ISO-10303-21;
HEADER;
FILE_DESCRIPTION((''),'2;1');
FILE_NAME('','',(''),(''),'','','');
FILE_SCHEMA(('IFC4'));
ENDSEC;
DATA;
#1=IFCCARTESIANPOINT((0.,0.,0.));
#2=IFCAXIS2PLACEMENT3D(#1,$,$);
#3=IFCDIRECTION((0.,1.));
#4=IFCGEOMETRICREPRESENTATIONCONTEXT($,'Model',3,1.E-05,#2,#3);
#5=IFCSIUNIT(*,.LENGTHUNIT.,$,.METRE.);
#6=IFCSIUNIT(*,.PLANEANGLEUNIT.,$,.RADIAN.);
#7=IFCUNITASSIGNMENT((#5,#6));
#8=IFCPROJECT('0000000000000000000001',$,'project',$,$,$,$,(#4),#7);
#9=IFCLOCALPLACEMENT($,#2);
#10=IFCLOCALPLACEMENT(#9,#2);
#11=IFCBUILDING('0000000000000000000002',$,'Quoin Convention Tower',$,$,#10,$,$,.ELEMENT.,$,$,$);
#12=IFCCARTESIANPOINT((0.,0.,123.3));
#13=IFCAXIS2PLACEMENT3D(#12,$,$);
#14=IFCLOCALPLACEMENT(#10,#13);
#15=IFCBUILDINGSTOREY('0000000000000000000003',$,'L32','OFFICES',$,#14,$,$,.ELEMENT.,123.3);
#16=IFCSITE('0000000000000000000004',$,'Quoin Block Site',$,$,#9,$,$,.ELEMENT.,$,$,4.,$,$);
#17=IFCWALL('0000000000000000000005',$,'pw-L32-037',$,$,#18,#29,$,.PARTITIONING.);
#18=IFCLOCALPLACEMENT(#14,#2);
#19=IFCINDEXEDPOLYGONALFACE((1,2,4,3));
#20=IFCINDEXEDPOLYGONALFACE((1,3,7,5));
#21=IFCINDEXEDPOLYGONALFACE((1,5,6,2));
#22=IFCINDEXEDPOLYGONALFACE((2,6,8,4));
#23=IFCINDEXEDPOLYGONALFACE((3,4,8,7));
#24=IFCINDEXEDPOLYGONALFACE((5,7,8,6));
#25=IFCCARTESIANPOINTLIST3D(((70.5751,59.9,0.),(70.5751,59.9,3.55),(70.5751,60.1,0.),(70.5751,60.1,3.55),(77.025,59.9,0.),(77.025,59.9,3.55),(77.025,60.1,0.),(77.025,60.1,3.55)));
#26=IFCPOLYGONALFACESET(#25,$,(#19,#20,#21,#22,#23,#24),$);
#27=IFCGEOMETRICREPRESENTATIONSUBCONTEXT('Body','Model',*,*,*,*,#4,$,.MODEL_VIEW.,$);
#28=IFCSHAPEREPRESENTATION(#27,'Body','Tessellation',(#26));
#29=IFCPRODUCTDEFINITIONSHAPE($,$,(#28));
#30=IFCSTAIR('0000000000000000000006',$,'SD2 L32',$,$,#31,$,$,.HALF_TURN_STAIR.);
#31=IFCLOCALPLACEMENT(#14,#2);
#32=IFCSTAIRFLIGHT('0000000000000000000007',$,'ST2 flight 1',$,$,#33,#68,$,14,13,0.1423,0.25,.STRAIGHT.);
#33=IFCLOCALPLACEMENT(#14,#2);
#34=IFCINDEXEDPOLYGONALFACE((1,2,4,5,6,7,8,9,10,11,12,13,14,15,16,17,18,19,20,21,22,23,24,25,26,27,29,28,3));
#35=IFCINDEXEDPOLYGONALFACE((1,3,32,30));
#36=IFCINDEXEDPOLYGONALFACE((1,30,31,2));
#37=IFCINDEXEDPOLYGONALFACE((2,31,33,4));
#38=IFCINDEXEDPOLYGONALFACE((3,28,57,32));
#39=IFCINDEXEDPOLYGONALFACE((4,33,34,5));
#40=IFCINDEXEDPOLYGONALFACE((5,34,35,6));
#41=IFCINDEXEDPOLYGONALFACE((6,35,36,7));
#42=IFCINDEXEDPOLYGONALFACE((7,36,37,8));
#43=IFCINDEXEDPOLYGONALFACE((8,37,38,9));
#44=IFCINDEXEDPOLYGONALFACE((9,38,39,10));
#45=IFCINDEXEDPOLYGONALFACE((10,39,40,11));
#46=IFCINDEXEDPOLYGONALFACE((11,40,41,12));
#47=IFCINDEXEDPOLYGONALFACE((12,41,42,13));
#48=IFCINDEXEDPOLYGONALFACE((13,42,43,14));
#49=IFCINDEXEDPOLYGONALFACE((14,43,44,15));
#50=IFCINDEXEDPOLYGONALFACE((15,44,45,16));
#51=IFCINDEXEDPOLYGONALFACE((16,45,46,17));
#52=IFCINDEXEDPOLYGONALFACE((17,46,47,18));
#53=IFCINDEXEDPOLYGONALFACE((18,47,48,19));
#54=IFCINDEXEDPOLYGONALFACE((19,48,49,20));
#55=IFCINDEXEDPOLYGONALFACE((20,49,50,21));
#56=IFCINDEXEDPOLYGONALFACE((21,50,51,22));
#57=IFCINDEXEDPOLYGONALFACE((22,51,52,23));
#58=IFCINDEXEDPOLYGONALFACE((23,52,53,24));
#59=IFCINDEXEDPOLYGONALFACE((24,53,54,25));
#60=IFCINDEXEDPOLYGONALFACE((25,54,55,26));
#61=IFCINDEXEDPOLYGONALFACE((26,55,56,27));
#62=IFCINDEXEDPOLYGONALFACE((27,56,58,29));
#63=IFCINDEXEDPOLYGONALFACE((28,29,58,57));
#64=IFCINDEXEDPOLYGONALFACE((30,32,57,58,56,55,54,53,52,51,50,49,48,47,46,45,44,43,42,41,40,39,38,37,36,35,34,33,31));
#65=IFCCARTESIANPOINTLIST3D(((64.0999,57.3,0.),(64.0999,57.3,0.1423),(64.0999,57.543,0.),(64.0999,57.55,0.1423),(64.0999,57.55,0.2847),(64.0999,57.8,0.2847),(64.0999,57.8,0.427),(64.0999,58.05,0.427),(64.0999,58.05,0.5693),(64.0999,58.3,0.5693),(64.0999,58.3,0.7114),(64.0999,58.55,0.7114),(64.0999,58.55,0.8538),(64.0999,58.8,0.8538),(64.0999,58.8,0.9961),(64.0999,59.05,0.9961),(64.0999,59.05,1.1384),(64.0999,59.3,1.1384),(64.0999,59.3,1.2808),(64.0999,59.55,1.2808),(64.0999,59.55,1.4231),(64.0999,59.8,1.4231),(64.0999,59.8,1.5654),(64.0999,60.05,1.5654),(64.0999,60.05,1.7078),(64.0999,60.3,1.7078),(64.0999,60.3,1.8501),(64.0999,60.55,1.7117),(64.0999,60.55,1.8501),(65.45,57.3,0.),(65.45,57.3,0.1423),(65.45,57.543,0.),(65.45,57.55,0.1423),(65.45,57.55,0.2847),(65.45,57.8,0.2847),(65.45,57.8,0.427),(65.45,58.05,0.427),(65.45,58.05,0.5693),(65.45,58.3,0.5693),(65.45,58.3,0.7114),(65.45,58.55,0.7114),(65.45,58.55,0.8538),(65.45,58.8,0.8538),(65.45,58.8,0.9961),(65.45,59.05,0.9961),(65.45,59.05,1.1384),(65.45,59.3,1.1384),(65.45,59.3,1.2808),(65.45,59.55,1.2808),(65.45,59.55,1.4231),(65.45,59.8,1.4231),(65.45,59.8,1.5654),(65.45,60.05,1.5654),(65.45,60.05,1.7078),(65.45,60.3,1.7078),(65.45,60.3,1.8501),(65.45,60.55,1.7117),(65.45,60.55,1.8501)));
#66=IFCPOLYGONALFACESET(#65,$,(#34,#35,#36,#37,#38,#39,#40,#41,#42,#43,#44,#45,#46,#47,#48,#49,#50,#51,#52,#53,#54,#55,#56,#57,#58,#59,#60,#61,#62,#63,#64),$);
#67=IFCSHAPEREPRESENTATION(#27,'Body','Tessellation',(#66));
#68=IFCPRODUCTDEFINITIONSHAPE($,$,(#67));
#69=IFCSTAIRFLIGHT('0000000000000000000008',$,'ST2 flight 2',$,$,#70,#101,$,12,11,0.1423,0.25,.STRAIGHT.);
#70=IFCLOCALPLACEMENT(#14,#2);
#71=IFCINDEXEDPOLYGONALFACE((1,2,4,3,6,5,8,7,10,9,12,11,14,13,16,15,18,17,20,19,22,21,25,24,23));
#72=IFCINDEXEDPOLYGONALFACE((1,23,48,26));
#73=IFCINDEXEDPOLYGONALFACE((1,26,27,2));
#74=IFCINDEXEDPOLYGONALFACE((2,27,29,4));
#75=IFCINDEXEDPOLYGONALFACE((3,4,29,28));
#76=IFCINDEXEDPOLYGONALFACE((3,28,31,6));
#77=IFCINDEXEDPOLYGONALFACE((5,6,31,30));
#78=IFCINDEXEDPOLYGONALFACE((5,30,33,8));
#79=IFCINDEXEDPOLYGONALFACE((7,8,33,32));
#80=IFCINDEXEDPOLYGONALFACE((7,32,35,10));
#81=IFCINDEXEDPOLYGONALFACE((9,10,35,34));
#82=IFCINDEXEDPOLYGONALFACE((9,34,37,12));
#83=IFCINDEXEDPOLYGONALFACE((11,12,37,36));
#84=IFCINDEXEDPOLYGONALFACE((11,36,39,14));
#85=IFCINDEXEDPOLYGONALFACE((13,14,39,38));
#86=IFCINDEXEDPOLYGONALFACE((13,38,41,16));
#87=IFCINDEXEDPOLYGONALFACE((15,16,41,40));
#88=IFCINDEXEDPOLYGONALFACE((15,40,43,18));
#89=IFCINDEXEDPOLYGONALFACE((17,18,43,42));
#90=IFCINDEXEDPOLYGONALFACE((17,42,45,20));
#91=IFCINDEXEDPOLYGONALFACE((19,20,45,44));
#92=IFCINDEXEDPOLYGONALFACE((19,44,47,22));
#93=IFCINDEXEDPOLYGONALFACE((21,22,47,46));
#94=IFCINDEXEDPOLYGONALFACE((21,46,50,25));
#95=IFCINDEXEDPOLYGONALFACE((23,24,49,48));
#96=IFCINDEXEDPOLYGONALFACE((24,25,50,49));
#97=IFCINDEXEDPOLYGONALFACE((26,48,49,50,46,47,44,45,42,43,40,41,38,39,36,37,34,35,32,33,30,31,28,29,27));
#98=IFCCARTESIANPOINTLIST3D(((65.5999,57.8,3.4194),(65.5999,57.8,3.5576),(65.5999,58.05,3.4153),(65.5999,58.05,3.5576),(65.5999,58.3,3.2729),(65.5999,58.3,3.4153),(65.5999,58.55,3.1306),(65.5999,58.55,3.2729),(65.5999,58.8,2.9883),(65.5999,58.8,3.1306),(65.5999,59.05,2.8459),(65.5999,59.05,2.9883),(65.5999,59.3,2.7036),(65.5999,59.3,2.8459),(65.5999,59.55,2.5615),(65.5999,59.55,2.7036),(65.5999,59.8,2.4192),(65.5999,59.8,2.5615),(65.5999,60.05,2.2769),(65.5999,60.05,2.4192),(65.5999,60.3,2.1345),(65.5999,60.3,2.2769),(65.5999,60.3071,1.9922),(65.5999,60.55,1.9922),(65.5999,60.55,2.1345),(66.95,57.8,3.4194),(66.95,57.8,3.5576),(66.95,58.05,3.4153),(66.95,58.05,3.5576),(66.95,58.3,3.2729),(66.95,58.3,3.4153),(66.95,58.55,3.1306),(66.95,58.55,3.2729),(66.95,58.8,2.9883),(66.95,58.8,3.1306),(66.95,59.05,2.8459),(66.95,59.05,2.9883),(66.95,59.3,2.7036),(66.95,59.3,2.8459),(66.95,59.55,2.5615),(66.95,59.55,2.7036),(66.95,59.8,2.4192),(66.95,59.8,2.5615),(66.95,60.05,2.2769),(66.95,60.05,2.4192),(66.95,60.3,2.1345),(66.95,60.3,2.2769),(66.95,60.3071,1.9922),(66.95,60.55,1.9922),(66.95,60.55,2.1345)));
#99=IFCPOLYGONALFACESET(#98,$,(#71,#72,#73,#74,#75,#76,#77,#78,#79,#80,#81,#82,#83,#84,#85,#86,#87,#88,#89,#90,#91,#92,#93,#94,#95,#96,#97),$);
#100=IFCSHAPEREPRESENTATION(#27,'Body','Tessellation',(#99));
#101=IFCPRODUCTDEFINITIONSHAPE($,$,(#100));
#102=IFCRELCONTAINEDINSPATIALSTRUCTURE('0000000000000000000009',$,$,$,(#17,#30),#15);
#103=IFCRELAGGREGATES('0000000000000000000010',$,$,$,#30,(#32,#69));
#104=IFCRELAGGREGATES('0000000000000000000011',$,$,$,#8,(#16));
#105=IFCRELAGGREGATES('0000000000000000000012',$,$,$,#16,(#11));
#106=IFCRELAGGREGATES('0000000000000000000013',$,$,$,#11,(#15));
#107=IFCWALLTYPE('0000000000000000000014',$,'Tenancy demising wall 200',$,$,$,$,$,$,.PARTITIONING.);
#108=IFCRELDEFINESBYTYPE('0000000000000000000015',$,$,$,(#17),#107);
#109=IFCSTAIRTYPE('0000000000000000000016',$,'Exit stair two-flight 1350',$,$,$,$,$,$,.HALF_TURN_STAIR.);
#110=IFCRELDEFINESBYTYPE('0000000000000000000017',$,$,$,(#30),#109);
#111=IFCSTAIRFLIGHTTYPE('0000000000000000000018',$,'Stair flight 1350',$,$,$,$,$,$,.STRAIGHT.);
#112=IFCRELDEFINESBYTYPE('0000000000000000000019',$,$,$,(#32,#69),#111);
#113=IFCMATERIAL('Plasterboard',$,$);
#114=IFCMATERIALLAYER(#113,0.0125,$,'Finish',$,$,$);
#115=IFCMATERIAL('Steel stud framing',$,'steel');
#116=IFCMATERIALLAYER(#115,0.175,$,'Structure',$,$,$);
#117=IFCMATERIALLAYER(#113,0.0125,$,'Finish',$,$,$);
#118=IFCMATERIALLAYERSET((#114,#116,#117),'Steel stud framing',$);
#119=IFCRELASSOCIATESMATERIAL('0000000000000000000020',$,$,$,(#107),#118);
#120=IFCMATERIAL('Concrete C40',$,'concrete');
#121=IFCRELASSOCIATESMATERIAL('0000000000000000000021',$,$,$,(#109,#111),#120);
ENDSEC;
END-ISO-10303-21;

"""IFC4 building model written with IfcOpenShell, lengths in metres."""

from ifc_helpers import new_model, si_unit, direction, frame, frame_2d, origin, place, context, subcontext, project, spatial, polyline, rectangle, outline, extrude, material, layer, layer_set, type_object, element, aggregate, save


model = new_model("IFC4")

# Units and contexts
model_context = context("Model", 3, precision=1e-05, world=origin(), true_north=direction((0.0, 1.0)))
body_context = subcontext(model_context, "Body", "Model", "MODEL_VIEW")
ifc_project = project(units=[si_unit("LENGTHUNIT", "METRE"), si_unit("PLANEANGLEUNIT", "RADIAN")], contexts=[model_context])

# Site, building, storey
site_placement = place(None, origin())
site = spatial("IfcSite", under=ifc_project, at=site_placement, Name="Quoin Block Site", CompositionType="ELEMENT", RefElevation=4.0)
building_placement = place(site_placement, origin())
building = spatial("IfcBuilding", under=site, at=building_placement, Name="Quoin Convention Tower", CompositionType="ELEMENT")
storey_placement = place(building_placement, frame((0.0, 0.0, 123.3)))
storey = spatial("IfcBuildingStorey", under=building, at=storey_placement, Name="L32", Description="OFFICES", CompositionType="ELEMENT", Elevation=123.3)

# Shared definitions
ifc_material_1 = material(Name="Plasterboard")
ifc_material_2 = material(Name="Steel stud framing", Category="steel")

# Wall
ifc_layer_1 = layer(ifc_material_1, 0.0125, Name="Finish")
ifc_layer_2 = layer(ifc_material_2, 0.175, Name="Structure")
ifc_layer_3 = layer(ifc_material_1, 0.0125, Name="Finish")
ifc_layer_set_1 = layer_set([ifc_layer_1, ifc_layer_2, ifc_layer_3], Name="Steel stud framing")
wall_type_1 = type_object("IfcWallType", Name="Tenancy demising wall 200", PredefinedType="PARTITIONING", material=ifc_layer_set_1)
wall_1_placement = place(storey_placement, frame((70.575, 60.0, 0.0), z_axis=(0.0, 0.0, 1.0), x_axis=(1.0, 0.0, 0.0)))
element("IfcWall", 1, at=wall_1_placement, inside=storey, type_object=wall_type_1, Name="pw-L32-037", PredefinedType="PARTITIONING", context=body_context, shape_type="SweptSolid", body=[
    extrude(rectangle(XDim=6.45, YDim=0.2, at=frame_2d((3.2251, 0.0))), origin(), (0.0, 0.0, 1.0), 3.55),
])

# Stair, stair flights
ifc_material_3 = material(Name="Concrete C40", Category="concrete")
stair_type = type_object("IfcStairType", Name="Exit stair two-flight 1350", PredefinedType="HALF_TURN_STAIR", material=ifc_material_3)
stair_placement = place(storey_placement, origin())
stair = element("IfcStair", 2, at=stair_placement, inside=storey, type_object=stair_type, Name="SD2 L32", PredefinedType="HALF_TURN_STAIR")
stair_flight_type = type_object("IfcStairFlightType", Name="Stair flight 1350", PredefinedType="STRAIGHT", material=ifc_material_3)
stair_flight_1_placement = place(storey_placement, frame((64.7749, 57.3, 0.0), z_axis=(0.0, 0.0, 1.0), x_axis=(0.0, 1.0, 0.0)))
stair_flight_1 = element("IfcStairFlight", 3, at=stair_flight_1_placement, type_object=stair_flight_type, Name="ST2 flight 1", NumberOfRisers=14, NumberOfTreads=13, PredefinedType="STRAIGHT", RiserHeight=0.1423, TreadLength=0.25, context=body_context, shape_type="SweptSolid", body=[
    extrude(outline(polyline([(0.0, 0.0), (0.0, 0.1423), (0.25, 0.1423), (0.25, 0.2847), (0.5, 0.2847), (0.5, 0.427), (0.75, 0.427), (0.75, 0.5693), (1.0, 0.5693), (1.0, 0.7114), (1.25, 0.7114), (1.25, 0.8538), (1.5, 0.8538), (1.5, 0.9961), (1.75, 0.9961), (1.75, 1.1384), (2.0, 1.1384), (2.0, 1.2808), (2.25, 1.2808), (2.25, 1.4231), (2.5, 1.4231), (2.5, 1.5654), (2.75, 1.5654), (2.75, 1.7078), (3.0, 1.7078), (3.0, 1.8501), (3.25, 1.8501), (3.25, 1.9922), (3.25, 1.7117), (0.2429, 0.0), (0.0, 0.0)])), frame((0.0, 0.675, 0.0), z_axis=(0.0, -1.0, 0.0), x_axis=(1.0, 0.0, 0.0)), (0.0, 0.0, 1.0), 1.3501),
])
stair_flight_2_placement = place(storey_placement, frame((66.2749, 60.55, 1.9922), z_axis=(0.0, 0.0, 1.0), x_axis=(0.0, -1.0, 0.0)))
stair_flight_2 = element("IfcStairFlight", 4, at=stair_flight_2_placement, type_object=stair_flight_type, Name="ST2 flight 2", NumberOfRisers=12, NumberOfTreads=11, PredefinedType="STRAIGHT", RiserHeight=0.1423, TreadLength=0.25, context=body_context, shape_type="SweptSolid", body=[
    extrude(outline(polyline([(0.0, 0.0), (0.0, 0.1423), (0.25, 0.1423), (0.25, 0.2847), (0.5, 0.2847), (0.5, 0.427), (0.75, 0.427), (0.75, 0.5693), (1.0, 0.5693), (1.0, 0.7114), (1.25, 0.7114), (1.25, 0.8538), (1.5, 0.8538), (1.5, 0.9961), (1.75, 0.9961), (1.75, 1.1384), (2.0, 1.1384), (2.0, 1.2808), (2.25, 1.2808), (2.25, 1.4231), (2.5, 1.4231), (2.5, 1.5654), (2.75, 1.5654), (2.75, 1.7078), (2.75, 1.4272), (0.2429, 0.0), (0.0, 0.0)])), frame((0.0, 0.675, 0.0), z_axis=(0.0, -1.0, 0.0), x_axis=(1.0, 0.0, 0.0)), (0.0, 0.0, 1.0), 1.3501),
])
aggregate(stair, [stair_flight_1, stair_flight_2])

save(model, "model.ifc")
